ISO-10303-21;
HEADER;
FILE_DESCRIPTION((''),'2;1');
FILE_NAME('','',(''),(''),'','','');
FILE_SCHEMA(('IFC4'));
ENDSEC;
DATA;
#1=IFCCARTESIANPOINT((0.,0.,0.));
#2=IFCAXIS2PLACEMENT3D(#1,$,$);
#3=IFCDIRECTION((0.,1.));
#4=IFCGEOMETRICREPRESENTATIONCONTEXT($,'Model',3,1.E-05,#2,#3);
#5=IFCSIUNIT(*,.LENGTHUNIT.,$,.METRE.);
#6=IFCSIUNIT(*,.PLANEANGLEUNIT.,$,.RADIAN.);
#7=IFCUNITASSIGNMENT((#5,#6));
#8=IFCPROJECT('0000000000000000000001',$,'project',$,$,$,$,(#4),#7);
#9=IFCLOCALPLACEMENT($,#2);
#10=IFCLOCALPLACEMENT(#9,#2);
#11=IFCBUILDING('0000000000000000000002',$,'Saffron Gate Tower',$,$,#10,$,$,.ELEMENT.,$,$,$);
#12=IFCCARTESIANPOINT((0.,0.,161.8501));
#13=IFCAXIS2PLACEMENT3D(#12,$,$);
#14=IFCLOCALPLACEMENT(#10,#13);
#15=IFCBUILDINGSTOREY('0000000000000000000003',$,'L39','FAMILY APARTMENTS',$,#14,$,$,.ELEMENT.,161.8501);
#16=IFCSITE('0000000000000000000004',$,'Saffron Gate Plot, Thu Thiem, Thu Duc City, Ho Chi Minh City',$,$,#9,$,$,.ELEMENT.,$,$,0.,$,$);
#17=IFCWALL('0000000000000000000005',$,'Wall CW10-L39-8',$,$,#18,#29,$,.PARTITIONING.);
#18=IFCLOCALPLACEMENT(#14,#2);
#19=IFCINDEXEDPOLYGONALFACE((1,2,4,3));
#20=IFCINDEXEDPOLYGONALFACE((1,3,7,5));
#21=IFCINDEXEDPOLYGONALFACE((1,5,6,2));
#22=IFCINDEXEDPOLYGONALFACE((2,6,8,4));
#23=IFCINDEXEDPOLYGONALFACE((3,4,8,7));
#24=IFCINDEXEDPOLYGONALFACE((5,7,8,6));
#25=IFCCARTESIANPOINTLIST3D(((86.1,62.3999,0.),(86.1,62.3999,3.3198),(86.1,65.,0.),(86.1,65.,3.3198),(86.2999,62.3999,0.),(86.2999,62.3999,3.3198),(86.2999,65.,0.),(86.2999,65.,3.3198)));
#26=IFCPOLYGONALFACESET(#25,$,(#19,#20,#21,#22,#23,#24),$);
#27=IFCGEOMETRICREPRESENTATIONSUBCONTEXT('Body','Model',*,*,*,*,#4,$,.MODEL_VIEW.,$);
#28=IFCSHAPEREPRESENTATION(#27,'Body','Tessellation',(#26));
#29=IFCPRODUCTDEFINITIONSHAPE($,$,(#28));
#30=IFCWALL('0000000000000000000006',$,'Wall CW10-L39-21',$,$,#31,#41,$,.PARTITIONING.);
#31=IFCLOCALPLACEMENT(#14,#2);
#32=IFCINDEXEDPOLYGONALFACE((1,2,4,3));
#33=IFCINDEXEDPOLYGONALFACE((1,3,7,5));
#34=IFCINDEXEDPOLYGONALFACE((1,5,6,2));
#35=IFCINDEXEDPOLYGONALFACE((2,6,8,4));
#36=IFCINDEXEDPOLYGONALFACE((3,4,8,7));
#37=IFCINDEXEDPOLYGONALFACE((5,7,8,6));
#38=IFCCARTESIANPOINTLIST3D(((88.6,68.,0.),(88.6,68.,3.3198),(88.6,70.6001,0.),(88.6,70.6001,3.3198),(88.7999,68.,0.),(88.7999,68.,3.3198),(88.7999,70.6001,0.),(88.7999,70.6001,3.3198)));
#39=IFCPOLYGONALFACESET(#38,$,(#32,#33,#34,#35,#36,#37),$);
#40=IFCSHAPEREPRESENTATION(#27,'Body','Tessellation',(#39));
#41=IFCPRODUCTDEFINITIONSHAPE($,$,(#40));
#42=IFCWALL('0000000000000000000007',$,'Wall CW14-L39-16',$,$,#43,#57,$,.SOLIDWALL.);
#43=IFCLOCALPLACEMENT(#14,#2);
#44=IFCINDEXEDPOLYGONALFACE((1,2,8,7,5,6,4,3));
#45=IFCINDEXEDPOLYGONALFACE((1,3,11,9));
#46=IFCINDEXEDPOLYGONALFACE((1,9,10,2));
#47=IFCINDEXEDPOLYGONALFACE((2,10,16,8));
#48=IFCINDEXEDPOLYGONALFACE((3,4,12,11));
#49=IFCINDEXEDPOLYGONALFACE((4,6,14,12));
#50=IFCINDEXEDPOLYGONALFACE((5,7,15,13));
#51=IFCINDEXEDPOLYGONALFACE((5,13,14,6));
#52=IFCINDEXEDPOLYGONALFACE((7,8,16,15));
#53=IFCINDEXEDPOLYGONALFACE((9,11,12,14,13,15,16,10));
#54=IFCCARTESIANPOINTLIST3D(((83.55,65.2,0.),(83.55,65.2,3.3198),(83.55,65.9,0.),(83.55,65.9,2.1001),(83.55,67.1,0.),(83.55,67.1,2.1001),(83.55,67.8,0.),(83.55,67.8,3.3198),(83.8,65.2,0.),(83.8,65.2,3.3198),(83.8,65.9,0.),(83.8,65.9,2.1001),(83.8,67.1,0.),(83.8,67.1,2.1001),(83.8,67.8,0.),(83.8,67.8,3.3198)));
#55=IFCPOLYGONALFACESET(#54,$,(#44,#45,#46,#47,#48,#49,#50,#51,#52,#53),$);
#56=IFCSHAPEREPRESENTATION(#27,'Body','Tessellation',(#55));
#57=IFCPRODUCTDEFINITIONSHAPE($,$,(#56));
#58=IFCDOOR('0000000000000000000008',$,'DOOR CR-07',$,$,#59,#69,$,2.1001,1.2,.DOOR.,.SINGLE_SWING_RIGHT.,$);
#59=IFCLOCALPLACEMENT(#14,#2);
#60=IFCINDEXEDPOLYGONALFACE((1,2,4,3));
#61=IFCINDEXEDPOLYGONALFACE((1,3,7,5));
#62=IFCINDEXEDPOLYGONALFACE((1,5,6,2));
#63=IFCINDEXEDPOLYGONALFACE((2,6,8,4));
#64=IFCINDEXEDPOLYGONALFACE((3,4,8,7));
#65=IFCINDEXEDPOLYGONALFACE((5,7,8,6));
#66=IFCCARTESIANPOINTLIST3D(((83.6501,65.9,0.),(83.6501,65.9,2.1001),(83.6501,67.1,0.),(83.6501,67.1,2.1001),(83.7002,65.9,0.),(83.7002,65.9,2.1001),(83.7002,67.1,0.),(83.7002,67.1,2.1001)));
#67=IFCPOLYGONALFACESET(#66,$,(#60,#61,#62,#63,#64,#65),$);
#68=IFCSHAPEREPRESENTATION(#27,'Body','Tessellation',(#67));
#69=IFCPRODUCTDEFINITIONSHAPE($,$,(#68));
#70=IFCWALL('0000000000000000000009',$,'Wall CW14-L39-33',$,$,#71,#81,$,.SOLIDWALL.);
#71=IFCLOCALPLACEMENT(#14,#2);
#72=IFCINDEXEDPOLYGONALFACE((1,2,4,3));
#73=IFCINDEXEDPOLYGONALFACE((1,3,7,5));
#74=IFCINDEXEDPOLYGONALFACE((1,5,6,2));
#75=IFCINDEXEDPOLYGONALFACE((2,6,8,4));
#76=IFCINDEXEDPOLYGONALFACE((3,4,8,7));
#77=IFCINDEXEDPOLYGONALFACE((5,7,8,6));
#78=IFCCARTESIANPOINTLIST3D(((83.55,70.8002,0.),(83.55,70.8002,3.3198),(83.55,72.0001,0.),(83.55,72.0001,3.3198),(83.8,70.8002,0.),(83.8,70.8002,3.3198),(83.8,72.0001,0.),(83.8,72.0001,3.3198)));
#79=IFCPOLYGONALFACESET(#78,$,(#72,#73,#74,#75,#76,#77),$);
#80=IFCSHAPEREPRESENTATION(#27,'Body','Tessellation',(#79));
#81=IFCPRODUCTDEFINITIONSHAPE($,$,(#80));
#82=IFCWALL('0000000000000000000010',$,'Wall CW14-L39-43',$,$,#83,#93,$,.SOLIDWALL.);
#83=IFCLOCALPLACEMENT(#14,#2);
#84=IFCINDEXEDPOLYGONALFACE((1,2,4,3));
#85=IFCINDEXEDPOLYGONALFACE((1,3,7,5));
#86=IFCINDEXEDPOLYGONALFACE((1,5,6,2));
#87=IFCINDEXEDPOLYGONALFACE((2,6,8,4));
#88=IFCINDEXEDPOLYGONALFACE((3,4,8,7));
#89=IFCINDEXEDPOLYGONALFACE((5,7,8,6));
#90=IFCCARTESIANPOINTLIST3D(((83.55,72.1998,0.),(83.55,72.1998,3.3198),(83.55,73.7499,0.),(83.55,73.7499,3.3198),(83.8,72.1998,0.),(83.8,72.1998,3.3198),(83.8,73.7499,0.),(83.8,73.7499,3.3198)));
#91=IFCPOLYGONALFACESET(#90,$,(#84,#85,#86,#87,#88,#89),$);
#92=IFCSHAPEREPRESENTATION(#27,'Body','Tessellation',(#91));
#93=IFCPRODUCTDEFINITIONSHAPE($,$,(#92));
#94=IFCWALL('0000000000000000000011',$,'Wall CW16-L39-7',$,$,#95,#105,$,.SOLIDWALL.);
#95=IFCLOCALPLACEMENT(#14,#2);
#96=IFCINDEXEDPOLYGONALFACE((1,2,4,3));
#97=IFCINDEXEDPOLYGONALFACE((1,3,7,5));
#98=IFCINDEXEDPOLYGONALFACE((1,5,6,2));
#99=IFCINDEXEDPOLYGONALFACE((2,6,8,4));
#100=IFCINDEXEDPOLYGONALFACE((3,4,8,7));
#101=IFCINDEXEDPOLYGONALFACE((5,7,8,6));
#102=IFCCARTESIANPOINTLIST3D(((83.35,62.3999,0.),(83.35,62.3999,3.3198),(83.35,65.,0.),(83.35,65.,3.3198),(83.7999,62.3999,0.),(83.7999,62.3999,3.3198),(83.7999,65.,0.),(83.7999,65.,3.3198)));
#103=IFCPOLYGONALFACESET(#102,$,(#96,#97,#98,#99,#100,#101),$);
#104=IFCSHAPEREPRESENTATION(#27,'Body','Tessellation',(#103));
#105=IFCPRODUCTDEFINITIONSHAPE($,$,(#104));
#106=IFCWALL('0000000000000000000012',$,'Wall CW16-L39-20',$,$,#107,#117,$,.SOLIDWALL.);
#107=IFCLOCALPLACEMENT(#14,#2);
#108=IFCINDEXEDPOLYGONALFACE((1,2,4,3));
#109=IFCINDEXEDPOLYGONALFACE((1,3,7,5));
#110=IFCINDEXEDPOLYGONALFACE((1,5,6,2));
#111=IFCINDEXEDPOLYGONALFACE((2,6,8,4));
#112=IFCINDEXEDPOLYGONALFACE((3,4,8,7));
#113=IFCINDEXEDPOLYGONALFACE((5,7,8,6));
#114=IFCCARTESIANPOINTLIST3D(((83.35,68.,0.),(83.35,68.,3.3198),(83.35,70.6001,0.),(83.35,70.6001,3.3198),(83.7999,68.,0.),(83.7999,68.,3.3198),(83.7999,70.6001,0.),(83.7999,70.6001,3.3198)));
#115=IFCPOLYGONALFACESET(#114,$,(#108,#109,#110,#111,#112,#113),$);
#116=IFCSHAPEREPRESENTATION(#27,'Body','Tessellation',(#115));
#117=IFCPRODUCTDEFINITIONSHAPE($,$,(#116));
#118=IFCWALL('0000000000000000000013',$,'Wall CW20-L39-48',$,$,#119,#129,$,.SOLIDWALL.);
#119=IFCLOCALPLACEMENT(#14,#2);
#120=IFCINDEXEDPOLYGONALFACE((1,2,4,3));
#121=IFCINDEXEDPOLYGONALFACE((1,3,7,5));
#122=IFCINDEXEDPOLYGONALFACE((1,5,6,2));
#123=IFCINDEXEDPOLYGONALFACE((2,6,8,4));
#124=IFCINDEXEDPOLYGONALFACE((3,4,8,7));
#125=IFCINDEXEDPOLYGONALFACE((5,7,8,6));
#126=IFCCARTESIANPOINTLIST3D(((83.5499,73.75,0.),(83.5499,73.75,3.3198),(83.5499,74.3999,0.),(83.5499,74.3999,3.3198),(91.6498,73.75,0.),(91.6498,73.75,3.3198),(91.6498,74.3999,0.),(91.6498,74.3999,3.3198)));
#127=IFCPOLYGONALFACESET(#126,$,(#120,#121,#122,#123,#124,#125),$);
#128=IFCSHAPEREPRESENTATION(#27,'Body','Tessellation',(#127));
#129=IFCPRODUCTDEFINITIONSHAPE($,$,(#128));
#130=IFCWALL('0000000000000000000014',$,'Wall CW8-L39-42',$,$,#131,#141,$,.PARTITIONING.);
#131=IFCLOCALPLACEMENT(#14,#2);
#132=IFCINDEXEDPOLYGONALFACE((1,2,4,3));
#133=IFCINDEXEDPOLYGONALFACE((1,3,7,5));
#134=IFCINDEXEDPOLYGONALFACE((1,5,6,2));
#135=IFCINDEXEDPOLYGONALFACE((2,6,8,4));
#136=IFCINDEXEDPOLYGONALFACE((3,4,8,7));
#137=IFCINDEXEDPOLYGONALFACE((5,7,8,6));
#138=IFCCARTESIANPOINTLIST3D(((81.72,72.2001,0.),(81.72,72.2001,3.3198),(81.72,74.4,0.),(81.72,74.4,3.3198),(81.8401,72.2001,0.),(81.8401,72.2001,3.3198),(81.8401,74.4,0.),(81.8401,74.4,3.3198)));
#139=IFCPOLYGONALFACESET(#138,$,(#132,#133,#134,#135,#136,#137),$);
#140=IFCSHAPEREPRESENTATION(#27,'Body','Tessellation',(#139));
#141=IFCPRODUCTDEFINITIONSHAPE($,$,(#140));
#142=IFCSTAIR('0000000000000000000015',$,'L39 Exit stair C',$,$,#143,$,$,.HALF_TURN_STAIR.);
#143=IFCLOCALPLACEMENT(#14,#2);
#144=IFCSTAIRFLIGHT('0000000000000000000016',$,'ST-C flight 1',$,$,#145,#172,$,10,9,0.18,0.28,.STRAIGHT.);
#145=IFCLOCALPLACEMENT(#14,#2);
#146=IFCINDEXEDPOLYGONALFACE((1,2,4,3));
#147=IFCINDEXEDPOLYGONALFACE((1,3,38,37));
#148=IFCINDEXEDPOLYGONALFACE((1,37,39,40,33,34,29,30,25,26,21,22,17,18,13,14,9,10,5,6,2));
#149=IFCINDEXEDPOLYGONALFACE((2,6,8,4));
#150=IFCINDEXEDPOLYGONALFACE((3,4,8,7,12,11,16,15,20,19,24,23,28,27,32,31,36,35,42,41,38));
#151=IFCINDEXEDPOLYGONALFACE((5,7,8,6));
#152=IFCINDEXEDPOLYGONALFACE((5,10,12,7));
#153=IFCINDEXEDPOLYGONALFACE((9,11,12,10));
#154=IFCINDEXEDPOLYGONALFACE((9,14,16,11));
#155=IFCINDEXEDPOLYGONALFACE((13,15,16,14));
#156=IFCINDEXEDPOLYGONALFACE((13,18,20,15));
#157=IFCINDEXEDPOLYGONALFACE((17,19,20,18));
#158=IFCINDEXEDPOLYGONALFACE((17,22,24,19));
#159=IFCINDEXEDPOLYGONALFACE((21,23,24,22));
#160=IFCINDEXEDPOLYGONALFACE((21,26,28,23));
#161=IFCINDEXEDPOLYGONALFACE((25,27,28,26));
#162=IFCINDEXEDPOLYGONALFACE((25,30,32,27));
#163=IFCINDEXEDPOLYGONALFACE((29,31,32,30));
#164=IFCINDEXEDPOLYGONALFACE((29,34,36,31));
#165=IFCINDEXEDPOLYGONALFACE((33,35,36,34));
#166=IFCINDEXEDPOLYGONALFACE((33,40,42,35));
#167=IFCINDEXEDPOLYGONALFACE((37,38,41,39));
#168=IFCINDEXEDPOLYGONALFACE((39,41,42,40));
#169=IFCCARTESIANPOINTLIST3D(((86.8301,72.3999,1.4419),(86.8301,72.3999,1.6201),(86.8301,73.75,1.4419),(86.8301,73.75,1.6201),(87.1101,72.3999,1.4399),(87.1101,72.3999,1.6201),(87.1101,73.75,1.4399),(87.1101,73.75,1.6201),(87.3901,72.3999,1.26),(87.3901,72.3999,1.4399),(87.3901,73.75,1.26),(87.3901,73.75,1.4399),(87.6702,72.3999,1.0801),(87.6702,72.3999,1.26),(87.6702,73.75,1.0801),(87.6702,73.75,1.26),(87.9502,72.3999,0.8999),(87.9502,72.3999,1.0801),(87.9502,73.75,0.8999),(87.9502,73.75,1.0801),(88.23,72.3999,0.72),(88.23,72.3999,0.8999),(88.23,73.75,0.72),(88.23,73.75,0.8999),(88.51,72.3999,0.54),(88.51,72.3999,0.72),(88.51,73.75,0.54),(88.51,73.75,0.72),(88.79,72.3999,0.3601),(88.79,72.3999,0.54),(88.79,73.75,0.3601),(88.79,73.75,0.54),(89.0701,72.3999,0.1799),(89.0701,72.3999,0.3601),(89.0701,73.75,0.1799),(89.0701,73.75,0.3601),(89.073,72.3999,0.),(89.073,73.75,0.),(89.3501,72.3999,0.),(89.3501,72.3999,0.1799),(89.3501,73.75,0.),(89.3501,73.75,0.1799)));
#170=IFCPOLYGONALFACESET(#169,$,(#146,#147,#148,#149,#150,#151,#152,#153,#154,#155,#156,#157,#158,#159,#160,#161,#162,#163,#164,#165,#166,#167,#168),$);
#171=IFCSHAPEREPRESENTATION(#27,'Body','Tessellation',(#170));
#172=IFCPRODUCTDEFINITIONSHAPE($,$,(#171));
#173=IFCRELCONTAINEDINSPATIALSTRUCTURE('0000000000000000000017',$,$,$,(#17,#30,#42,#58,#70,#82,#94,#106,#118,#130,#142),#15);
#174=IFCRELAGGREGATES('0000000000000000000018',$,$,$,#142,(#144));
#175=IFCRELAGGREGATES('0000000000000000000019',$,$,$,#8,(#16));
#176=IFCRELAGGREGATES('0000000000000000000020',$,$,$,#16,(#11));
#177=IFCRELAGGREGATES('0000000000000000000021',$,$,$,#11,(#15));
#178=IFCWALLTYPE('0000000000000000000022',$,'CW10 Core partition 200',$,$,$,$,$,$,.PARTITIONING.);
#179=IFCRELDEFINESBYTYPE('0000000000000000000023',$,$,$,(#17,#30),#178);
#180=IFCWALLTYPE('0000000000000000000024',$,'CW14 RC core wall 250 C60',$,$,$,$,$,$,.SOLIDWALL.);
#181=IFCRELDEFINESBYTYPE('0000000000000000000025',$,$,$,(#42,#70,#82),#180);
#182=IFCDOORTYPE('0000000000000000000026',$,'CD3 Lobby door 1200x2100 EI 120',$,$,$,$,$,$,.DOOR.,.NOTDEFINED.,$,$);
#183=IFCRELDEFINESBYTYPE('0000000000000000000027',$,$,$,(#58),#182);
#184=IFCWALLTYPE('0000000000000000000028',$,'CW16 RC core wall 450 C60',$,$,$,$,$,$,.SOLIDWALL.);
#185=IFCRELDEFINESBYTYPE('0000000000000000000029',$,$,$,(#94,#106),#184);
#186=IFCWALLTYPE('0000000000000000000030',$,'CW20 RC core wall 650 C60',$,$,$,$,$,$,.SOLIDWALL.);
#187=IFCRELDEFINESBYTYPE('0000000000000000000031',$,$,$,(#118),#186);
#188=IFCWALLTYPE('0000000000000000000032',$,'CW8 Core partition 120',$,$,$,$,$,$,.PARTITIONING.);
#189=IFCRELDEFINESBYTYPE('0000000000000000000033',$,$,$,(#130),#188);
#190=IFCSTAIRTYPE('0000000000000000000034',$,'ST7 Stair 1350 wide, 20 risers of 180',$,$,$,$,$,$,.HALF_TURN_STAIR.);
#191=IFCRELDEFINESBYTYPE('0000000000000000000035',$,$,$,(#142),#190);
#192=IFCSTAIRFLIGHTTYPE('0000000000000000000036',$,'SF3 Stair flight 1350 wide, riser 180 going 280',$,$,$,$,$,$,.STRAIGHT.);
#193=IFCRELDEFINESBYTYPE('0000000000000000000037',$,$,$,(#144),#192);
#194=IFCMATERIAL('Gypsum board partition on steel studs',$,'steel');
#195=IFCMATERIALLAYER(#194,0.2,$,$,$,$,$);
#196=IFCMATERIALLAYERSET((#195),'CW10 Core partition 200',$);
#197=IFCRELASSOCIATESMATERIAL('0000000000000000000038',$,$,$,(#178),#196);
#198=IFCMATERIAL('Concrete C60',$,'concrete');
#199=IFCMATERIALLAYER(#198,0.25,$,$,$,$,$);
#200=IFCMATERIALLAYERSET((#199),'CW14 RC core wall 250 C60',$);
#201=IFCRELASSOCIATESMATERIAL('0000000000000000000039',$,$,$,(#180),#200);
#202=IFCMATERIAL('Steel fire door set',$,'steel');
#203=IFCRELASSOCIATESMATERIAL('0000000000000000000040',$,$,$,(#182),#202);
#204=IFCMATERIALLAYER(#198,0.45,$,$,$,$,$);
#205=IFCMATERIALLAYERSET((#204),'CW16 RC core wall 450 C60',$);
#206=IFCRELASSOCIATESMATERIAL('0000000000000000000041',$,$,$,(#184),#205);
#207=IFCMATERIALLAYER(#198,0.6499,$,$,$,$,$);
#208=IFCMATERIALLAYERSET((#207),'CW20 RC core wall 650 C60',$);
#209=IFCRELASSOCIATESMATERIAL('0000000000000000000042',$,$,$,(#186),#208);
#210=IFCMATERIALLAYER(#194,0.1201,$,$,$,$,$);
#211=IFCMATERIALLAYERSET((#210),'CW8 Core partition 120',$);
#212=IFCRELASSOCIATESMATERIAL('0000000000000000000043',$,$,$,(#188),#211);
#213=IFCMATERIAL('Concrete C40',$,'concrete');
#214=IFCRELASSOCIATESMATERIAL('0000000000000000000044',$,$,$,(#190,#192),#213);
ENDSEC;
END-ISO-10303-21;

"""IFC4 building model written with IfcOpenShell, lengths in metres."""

from ifc_helpers import new_model, si_unit, direction, frame, frame_2d, origin, place, context, subcontext, project, spatial, polyline, rectangle, outline, extrude, material, layer, layer_set, type_object, element, fill, aggregate, save


model = new_model("IFC4")

# Units and contexts
model_context = context("Model", 3, precision=1e-05, world=origin(), true_north=direction((0.0, 1.0)))
body_context = subcontext(model_context, "Body", "Model", "MODEL_VIEW")
ifc_project = project(units=[si_unit("LENGTHUNIT", "METRE"), si_unit("PLANEANGLEUNIT", "RADIAN")], contexts=[model_context])

# Site, building, storey
site_placement = place(None, origin())
site = spatial("IfcSite", under=ifc_project, at=site_placement, Name="Saffron Gate Plot, Thu Thiem, Thu Duc City, Ho Chi Minh City", CompositionType="ELEMENT", RefElevation=0.0)
building_placement = place(site_placement, origin())
building = spatial("IfcBuilding", under=site, at=building_placement, Name="Saffron Gate Tower", CompositionType="ELEMENT")
storey_placement = place(building_placement, frame((0.0, 0.0, 161.8501)))
storey = spatial("IfcBuildingStorey", under=building, at=storey_placement, Name="L39", Description="FAMILY APARTMENTS", CompositionType="ELEMENT", Elevation=161.8501)

# Walls
ifc_material_1 = material(Name="Gypsum board partition on steel studs", Category="steel")
ifc_layer_1 = layer(ifc_material_1, 0.2)
ifc_layer_set_1 = layer_set([ifc_layer_1], Name="CW10 Core partition 200")
wall_type_1 = type_object("IfcWallType", Name="CW10 Core partition 200", PredefinedType="PARTITIONING", material=ifc_layer_set_1)
for number, where, z_axis, x_axis, name in (
    (1, (86.2, 62.3999, 0.0), (0.0, 0.0, 1.0), (0.0, 1.0, 0.0), "Wall CW10-L39-8"),
    (2, (88.7, 68.0, 0.0), (0.0, 0.0, 1.0), (0.0, 1.0, 0.0), "Wall CW10-L39-21"),
):
    element("IfcWall", number, at=place(storey_placement, frame(where, z_axis=z_axis, x_axis=x_axis)), inside=storey, type_object=wall_type_1, Name=name, PredefinedType="PARTITIONING", context=body_context, shape_type="SweptSolid", body=[
        extrude(rectangle(XDim=2.6001, YDim=0.2, at=frame_2d((1.3, 0.0))), origin(), (0.0, 0.0, 1.0), 3.3198),
    ])

# Wall, opening, door
ifc_material_2 = material(Name="Concrete C60", Category="concrete")
ifc_layer_2 = layer(ifc_material_2, 0.25)
ifc_layer_set_2 = layer_set([ifc_layer_2], Name="CW14 RC core wall 250 C60")
wall_type_2 = type_object("IfcWallType", Name="CW14 RC core wall 250 C60", PredefinedType="SOLIDWALL", material=ifc_layer_set_2)
wall_1_placement = place(storey_placement, frame((83.675, 65.2, 0.0), z_axis=(0.0, 0.0, 1.0), x_axis=(0.0, 1.0, 0.0)))
wall_1 = element("IfcWall", 3, at=wall_1_placement, inside=storey, type_object=wall_type_2, Name="Wall CW14-L39-16", PredefinedType="SOLIDWALL", context=body_context, shape_type="SweptSolid", body=[
    extrude(rectangle(XDim=2.6001, YDim=0.25, at=frame_2d((1.3, 0.0))), origin(), (0.0, 0.0, 1.0), 3.3198),
])
opening_placement = place(wall_1_placement, frame((0.7, 0.0, 0.0)))
opening = element("IfcOpeningElement", 4, at=opening_placement, cuts=wall_1, PredefinedType="OPENING", context=body_context, shape_type="SweptSolid", body=[
    extrude(rectangle(XDim=1.2, YDim=2.1001, at=frame_2d((0.6001, 1.05))), frame((0.0, 0.135, 0.0), z_axis=(0.0, -1.0, 0.0), x_axis=(1.0, 0.0, 0.0)), (0.0, 0.0, 1.0), 0.27),
])
ifc_material_3 = material(Name="Steel fire door set", Category="steel")
door_type = type_object("IfcDoorType", Name="CD3 Lobby door 1200x2100 EI 120", OperationType="NOTDEFINED", PredefinedType="DOOR", material=ifc_material_3)
door_placement = place(opening_placement, origin())
door = element("IfcDoor", 5, at=door_placement, inside=storey, type_object=door_type, Name="DOOR CR-07", OperationType="SINGLE_SWING_RIGHT", OverallHeight=2.1001, OverallWidth=1.2, PredefinedType="DOOR", context=body_context, shape_type="SweptSolid", body=[
    extrude(rectangle(XDim=1.2, YDim=2.1001, at=frame_2d((0.6001, 1.05))), frame((0.0, 0.0249, 0.0), z_axis=(0.0, -1.0, 0.0), x_axis=(1.0, 0.0, 0.0)), (0.0, 0.0, 1.0), 0.05),
])
fill(opening, door)

# Walls
wall_2_placement = place(storey_placement, frame((83.675, 70.8, 0.0), z_axis=(0.0, 0.0, 1.0), x_axis=(0.0, 1.0, 0.0)))
element("IfcWall", 6, at=wall_2_placement, inside=storey, type_object=wall_type_2, Name="Wall CW14-L39-33", PredefinedType="SOLIDWALL", context=body_context, shape_type="SweptSolid", body=[
    extrude(rectangle(XDim=1.2, YDim=0.25, at=frame_2d((0.6001, 0.0))), origin(), (0.0, 0.0, 1.0), 3.3198),
])
wall_3_placement = place(storey_placement, frame((83.675, 72.2, 0.0), z_axis=(0.0, 0.0, 1.0), x_axis=(0.0, 1.0, 0.0)))
element("IfcWall", 7, at=wall_3_placement, inside=storey, type_object=wall_type_2, Name="Wall CW14-L39-43", PredefinedType="SOLIDWALL", context=body_context, shape_type="SweptSolid", body=[
    extrude(rectangle(XDim=1.55, YDim=0.25, at=frame_2d((0.7749, 0.0))), origin(), (0.0, 0.0, 1.0), 3.3198),
])
ifc_layer_3 = layer(ifc_material_2, 0.45)
ifc_layer_set_3 = layer_set([ifc_layer_3], Name="CW16 RC core wall 450 C60")
wall_type_3 = type_object("IfcWallType", Name="CW16 RC core wall 450 C60", PredefinedType="SOLIDWALL", material=ifc_layer_set_3)
for number, where, z_axis, x_axis, name in (
    (8, (83.575, 62.3999, 0.0), (0.0, 0.0, 1.0), (0.0, 1.0, 0.0), "Wall CW16-L39-7"),
    (9, (83.575, 68.0, 0.0), (0.0, 0.0, 1.0), (0.0, 1.0, 0.0), "Wall CW16-L39-20"),
):
    element("IfcWall", number, at=place(storey_placement, frame(where, z_axis=z_axis, x_axis=x_axis)), inside=storey, type_object=wall_type_3, Name=name, PredefinedType="SOLIDWALL", context=body_context, shape_type="SweptSolid", body=[
        extrude(rectangle(XDim=2.6001, YDim=0.45, at=frame_2d((1.3, 0.0))), origin(), (0.0, 0.0, 1.0), 3.3198),
    ])
ifc_layer_4 = layer(ifc_material_2, 0.6499)
ifc_layer_set_4 = layer_set([ifc_layer_4], Name="CW20 RC core wall 650 C60")
wall_type_4 = type_object("IfcWallType", Name="CW20 RC core wall 650 C60", PredefinedType="SOLIDWALL", material=ifc_layer_set_4)
wall_4_placement = place(storey_placement, frame((83.55, 74.075, 0.0), z_axis=(0.0, 0.0, 1.0), x_axis=(1.0, 0.0, 0.0)))
element("IfcWall", 10, at=wall_4_placement, inside=storey, type_object=wall_type_4, Name="Wall CW20-L39-48", PredefinedType="SOLIDWALL", context=body_context, shape_type="SweptSolid", body=[
    extrude(rectangle(XDim=8.0999, YDim=0.6499, at=frame_2d((4.0498, 0.0))), origin(), (0.0, 0.0, 1.0), 3.3198),
])
ifc_layer_5 = layer(ifc_material_1, 0.1201)
ifc_layer_set_5 = layer_set([ifc_layer_5], Name="CW8 Core partition 120")
wall_type_5 = type_object("IfcWallType", Name="CW8 Core partition 120", PredefinedType="PARTITIONING", material=ifc_layer_set_5)
wall_5_placement = place(storey_placement, frame((81.78, 72.2, 0.0), z_axis=(0.0, 0.0, 1.0), x_axis=(0.0, 1.0, 0.0)))
element("IfcWall", 11, at=wall_5_placement, inside=storey, type_object=wall_type_5, Name="Wall CW8-L39-42", PredefinedType="PARTITIONING", context=body_context, shape_type="SweptSolid", body=[
    extrude(rectangle(XDim=2.2, YDim=0.1201, at=frame_2d((1.1001, 0.0))), origin(), (0.0, 0.0, 1.0), 3.3198),
])

# Stair, stair flight
ifc_material_4 = material(Name="Concrete C40", Category="concrete")
stair_type = type_object("IfcStairType", Name="ST7 Stair 1350 wide, 20 risers of 180", PredefinedType="HALF_TURN_STAIR", material=ifc_material_4)
stair_placement = place(storey_placement, origin())
stair = element("IfcStair", 12, at=stair_placement, inside=storey, type_object=stair_type, Name="L39 Exit stair C", PredefinedType="HALF_TURN_STAIR")
stair_flight_type = type_object("IfcStairFlightType", Name="SF3 Stair flight 1350 wide, riser 180 going 280", PredefinedType="STRAIGHT", material=ifc_material_4)
stair_flight_1_placement = place(storey_placement, frame((89.3501, 73.075, 0.0), z_axis=(0.0, 0.0, 1.0), x_axis=(-1.0, 0.0, 0.0)))
stair_flight_1 = element("IfcStairFlight", 13, at=stair_flight_1_placement, type_object=stair_flight_type, Name="ST-C flight 1", NumberOfRisers=10, NumberOfTreads=9, PredefinedType="STRAIGHT", RiserHeight=0.18, TreadLength=0.28, context=body_context, shape_type="SweptSolid", body=[
    extrude(outline(polyline([(0.0, 0.0), (0.0, 0.1799), (0.28, 0.1799), (0.28, 0.3601), (0.5601, 0.3601), (0.5601, 0.54), (0.8401, 0.54), (0.8401, 0.72), (1.1201, 0.72), (1.1201, 0.8999), (1.3999, 0.8999), (1.3999, 1.0801), (1.6799, 1.0801), (1.6799, 1.26), (1.96, 1.26), (1.96, 1.4399), (2.24, 1.4399), (2.24, 1.6201), (2.52, 1.6201), (2.52, 1.8), (2.52, 1.4419), (0.2771, 0.0), (0.0, 0.0)])), frame((0.0, 0.675, 0.0), z_axis=(0.0, -1.0, 0.0), x_axis=(1.0, 0.0, 0.0)), (0.0, 0.0, 1.0), 1.3501),
])
aggregate(stair, [stair_flight_1])

save(model, "model.ifc")
